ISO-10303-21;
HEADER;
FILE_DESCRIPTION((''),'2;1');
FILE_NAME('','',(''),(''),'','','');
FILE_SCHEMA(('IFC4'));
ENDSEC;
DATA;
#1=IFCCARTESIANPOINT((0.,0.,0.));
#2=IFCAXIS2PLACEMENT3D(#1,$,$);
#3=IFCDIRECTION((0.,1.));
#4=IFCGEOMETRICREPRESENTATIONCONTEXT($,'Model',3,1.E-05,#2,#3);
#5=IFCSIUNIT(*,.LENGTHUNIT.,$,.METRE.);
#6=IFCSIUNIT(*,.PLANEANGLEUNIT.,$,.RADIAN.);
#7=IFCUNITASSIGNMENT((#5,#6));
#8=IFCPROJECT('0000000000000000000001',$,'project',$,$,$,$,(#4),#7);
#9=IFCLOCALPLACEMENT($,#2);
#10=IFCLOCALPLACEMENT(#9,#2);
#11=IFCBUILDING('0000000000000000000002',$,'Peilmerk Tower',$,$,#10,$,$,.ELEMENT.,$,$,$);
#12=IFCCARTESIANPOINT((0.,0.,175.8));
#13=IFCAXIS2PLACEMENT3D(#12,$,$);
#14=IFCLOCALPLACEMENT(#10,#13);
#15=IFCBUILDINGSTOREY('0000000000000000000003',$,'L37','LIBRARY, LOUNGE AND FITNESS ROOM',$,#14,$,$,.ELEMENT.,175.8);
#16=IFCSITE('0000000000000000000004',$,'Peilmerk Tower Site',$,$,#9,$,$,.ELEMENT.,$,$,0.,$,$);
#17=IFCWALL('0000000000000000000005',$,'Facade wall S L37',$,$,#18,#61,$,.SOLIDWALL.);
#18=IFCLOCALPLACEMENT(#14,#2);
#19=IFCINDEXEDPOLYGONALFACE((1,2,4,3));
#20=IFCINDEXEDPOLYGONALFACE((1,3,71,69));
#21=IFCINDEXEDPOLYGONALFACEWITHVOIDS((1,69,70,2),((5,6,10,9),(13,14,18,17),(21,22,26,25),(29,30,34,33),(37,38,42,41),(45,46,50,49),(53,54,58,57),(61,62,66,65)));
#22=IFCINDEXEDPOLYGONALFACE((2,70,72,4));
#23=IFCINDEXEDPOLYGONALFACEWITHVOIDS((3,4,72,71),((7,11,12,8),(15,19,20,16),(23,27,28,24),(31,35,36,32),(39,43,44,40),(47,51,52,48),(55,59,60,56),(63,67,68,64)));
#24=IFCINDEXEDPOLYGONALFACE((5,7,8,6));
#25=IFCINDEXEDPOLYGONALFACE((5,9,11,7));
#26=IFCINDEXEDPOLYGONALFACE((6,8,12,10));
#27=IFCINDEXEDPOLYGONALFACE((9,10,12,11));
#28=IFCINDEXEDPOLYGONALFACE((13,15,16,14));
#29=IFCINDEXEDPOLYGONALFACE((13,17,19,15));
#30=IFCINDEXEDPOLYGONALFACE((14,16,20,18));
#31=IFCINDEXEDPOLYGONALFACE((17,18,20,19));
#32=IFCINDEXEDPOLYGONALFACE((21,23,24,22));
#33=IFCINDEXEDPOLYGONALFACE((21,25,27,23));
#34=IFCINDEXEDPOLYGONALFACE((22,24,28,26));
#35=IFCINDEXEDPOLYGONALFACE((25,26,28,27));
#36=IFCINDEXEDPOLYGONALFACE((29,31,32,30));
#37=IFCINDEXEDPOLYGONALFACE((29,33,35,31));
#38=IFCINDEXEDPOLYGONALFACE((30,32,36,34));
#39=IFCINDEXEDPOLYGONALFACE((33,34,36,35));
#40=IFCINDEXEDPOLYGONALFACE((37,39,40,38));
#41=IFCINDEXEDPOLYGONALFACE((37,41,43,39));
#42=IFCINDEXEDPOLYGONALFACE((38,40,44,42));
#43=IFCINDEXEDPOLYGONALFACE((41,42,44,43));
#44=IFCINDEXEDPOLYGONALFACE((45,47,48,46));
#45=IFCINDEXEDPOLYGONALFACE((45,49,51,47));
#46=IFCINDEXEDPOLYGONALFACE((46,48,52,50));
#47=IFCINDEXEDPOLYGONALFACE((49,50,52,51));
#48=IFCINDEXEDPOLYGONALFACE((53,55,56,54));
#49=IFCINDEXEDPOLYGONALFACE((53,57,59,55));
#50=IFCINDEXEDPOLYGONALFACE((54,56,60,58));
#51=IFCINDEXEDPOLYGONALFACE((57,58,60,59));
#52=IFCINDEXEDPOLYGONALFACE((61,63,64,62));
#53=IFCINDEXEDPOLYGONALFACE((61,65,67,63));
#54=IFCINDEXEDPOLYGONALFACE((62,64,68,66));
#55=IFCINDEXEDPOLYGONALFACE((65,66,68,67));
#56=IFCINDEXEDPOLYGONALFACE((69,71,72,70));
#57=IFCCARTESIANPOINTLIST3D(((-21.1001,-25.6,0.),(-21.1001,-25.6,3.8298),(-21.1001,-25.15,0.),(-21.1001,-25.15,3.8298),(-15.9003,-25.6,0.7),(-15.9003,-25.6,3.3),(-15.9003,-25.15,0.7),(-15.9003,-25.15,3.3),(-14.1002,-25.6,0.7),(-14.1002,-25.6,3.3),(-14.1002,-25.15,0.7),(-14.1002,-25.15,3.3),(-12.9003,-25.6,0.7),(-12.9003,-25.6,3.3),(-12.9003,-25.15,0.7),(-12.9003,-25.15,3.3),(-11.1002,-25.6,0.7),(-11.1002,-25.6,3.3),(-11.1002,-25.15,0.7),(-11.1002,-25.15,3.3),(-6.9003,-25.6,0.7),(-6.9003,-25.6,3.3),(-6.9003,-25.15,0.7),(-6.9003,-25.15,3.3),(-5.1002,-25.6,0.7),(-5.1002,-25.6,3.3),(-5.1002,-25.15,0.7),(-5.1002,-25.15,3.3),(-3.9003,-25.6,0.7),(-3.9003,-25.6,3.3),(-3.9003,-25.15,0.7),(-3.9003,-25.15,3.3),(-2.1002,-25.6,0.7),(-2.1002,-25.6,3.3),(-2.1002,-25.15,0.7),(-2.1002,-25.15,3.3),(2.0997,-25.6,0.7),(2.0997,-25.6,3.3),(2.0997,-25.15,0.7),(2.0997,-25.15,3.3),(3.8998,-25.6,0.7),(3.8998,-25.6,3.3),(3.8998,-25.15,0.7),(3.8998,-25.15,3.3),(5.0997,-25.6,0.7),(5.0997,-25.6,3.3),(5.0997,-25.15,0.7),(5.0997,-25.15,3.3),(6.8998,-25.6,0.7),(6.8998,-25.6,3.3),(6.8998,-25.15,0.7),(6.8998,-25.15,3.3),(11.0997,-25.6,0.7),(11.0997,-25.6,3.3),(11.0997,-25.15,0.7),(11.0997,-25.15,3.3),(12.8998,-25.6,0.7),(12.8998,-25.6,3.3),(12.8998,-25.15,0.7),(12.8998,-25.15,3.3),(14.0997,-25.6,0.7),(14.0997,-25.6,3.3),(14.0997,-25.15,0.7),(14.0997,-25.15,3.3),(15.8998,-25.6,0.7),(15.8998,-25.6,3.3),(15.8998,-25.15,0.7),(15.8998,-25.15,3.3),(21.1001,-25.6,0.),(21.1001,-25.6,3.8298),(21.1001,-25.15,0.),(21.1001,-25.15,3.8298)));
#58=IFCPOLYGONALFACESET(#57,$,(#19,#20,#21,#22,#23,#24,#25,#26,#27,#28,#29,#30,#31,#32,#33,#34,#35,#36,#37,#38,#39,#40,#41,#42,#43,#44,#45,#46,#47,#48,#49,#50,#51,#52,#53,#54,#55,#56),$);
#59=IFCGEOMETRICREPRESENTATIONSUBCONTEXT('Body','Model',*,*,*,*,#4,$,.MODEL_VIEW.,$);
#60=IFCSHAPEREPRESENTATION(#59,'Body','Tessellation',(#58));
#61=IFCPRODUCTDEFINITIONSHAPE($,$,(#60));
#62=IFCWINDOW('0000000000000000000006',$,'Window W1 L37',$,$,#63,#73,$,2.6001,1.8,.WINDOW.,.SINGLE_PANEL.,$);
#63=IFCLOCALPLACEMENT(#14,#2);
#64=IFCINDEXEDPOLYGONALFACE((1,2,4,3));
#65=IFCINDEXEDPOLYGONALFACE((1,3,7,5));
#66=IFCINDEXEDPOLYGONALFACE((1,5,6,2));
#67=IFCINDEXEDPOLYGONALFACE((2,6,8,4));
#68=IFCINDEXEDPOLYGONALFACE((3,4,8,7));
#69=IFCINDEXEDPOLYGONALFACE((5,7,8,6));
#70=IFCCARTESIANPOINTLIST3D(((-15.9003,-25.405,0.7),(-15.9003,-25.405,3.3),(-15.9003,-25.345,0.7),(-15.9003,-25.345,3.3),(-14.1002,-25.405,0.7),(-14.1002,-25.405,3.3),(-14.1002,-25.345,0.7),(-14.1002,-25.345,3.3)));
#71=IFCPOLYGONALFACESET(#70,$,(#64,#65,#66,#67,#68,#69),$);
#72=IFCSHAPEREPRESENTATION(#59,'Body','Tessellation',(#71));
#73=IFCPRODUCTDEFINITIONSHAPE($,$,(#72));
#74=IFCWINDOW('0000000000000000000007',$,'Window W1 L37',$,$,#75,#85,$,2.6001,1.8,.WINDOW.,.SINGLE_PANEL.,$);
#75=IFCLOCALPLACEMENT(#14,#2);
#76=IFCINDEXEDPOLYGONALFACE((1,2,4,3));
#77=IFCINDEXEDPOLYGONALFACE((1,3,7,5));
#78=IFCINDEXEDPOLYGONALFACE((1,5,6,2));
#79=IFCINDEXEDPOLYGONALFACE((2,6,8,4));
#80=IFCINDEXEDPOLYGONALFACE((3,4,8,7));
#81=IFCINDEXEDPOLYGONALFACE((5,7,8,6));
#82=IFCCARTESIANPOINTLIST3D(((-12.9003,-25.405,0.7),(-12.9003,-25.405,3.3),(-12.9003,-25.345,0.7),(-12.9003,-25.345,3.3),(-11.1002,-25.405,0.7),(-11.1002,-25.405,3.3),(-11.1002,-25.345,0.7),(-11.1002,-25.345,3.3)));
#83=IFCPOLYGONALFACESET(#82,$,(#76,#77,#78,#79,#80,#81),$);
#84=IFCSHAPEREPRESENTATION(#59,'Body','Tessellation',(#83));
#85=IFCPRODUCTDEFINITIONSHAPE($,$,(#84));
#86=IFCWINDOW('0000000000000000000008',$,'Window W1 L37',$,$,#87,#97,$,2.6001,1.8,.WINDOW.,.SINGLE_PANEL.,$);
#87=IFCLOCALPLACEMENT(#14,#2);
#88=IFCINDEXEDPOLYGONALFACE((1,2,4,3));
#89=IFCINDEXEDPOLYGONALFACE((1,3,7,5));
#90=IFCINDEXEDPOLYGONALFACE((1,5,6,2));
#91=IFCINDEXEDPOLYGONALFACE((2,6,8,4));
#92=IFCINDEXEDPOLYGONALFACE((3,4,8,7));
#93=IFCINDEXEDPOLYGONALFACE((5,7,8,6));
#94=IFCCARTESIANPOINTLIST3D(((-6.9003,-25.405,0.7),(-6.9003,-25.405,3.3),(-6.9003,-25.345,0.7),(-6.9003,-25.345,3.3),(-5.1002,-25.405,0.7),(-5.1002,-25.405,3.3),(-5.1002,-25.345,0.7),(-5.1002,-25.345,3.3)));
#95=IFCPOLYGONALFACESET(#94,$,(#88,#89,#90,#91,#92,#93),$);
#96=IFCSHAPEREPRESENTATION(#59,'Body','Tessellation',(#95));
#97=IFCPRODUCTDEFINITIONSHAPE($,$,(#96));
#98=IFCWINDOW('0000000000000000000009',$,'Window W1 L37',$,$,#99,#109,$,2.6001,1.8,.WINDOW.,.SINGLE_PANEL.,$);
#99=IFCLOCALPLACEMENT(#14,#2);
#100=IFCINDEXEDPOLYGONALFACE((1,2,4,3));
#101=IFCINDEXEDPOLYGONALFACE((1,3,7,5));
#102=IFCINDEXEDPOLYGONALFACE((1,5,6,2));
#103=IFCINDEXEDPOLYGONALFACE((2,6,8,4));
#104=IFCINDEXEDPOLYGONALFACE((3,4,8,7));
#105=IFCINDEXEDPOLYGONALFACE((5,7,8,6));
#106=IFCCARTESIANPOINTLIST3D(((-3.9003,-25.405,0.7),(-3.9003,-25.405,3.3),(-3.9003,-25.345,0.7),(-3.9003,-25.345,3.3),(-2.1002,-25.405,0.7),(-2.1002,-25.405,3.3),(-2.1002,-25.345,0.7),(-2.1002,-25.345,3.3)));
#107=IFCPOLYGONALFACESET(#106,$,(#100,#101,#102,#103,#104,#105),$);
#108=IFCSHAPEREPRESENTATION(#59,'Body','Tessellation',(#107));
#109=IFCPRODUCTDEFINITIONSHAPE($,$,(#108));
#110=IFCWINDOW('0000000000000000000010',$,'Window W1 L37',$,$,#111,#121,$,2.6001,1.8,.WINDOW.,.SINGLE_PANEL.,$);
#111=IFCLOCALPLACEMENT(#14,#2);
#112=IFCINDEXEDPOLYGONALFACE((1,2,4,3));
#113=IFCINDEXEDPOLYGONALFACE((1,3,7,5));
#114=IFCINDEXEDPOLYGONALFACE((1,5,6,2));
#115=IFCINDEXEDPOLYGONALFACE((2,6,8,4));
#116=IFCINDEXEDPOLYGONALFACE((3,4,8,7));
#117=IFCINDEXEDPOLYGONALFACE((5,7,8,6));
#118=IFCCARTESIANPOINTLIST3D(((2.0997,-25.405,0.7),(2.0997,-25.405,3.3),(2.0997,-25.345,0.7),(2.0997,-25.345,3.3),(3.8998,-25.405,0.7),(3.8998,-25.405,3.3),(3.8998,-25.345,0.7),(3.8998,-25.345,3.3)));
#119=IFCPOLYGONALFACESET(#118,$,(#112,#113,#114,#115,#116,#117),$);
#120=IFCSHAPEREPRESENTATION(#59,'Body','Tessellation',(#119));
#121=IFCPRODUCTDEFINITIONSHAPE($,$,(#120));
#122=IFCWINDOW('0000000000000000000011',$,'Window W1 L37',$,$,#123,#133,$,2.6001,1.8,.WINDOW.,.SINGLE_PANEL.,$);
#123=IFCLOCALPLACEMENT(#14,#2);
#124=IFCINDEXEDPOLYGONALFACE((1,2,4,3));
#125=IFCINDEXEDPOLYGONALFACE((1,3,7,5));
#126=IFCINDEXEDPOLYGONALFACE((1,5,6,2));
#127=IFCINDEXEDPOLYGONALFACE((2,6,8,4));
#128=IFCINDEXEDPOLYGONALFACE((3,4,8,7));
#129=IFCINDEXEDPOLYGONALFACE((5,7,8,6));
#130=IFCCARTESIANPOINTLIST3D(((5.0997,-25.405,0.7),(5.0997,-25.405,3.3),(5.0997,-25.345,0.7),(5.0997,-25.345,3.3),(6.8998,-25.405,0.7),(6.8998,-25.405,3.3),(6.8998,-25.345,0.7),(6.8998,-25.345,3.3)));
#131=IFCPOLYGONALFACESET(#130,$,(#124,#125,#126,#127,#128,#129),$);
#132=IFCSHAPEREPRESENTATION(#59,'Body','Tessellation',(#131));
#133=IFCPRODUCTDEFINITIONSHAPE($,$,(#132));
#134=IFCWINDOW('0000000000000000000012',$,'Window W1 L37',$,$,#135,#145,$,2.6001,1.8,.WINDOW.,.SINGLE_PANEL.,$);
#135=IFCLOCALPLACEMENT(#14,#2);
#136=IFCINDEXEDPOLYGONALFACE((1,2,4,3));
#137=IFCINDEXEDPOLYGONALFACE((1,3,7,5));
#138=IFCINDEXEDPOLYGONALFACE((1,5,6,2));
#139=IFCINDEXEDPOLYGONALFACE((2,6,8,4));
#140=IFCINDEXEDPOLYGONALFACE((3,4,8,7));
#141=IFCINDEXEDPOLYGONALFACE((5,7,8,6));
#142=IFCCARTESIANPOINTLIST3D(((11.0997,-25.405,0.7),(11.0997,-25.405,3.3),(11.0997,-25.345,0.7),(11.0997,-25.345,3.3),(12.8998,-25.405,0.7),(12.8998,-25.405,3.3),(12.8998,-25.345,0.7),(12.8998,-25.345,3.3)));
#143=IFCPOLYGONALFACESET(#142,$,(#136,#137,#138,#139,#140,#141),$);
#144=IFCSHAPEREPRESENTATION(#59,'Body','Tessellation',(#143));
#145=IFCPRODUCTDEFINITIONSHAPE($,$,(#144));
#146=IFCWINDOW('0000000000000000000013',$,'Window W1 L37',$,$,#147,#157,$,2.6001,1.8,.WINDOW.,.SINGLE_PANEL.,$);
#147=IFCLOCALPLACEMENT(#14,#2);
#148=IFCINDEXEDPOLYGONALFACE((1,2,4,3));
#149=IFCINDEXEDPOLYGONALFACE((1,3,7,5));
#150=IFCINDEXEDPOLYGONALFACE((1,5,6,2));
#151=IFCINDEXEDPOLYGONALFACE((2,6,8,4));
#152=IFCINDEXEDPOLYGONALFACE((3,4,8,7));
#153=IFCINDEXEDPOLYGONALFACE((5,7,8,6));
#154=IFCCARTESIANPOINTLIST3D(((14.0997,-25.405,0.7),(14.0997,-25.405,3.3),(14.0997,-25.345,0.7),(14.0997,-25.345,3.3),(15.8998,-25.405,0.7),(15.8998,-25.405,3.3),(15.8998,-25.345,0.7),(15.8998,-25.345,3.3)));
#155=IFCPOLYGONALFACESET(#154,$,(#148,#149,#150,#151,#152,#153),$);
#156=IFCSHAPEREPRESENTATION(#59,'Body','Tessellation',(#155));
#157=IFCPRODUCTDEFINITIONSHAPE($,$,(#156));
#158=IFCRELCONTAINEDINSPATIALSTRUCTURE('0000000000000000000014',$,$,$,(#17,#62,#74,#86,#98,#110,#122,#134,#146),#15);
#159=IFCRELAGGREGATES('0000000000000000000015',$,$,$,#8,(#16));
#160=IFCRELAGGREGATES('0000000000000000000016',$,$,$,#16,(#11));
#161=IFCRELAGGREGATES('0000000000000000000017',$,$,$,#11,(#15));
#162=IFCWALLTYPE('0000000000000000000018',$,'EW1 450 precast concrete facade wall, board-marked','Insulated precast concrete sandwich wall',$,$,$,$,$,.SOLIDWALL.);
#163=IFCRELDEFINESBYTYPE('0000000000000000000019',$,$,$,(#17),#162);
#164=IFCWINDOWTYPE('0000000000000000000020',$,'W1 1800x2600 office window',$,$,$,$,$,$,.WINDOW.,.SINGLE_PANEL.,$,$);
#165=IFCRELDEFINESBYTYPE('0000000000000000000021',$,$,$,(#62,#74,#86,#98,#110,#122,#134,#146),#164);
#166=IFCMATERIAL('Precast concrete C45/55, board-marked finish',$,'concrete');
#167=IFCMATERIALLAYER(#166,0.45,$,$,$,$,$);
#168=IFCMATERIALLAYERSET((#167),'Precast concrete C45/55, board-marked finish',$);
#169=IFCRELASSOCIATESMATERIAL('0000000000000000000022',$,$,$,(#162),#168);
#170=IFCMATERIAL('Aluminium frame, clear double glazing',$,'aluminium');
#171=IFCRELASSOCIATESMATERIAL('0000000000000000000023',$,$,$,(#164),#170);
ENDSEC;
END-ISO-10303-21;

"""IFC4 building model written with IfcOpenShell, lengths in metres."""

from ifc_helpers import new_model, si_unit, direction, frame, frame_2d, origin, place, context, subcontext, project, spatial, rectangle, extrude, material, layer, layer_set, type_object, element, fill, save


model = new_model("IFC4")

# Units and contexts
model_context = context("Model", 3, precision=1e-05, world=origin(), true_north=direction((0.0, 1.0)))
body_context = subcontext(model_context, "Body", "Model", "MODEL_VIEW")
ifc_project = project(units=[si_unit("LENGTHUNIT", "METRE"), si_unit("PLANEANGLEUNIT", "RADIAN")], contexts=[model_context])

# Site, building, storey
site_placement = place(None, origin())
site = spatial("IfcSite", under=ifc_project, at=site_placement, Name="Peilmerk Tower Site", CompositionType="ELEMENT", RefElevation=0.0)
building_placement = place(site_placement, origin())
building = spatial("IfcBuilding", under=site, at=building_placement, Name="Peilmerk Tower", CompositionType="ELEMENT")
storey_placement = place(building_placement, frame((0.0, 0.0, 175.8)))
storey = spatial("IfcBuildingStorey", under=building, at=storey_placement, Name="L37", Description="LIBRARY, LOUNGE AND FITNESS ROOM", CompositionType="ELEMENT", Elevation=175.8)

# Wall, openings, windows
ifc_material_1 = material(Name="Precast concrete C45/55, board-marked finish", Category="concrete")
ifc_layer_1 = layer(ifc_material_1, 0.45)
ifc_layer_set_1 = layer_set([ifc_layer_1], Name="Precast concrete C45/55, board-marked finish")
wall_type = type_object("IfcWallType", Name="EW1 450 precast concrete facade wall, board-marked", Description="Insulated precast concrete sandwich wall", PredefinedType="SOLIDWALL", material=ifc_layer_set_1)
wall_placement = place(storey_placement, frame((-21.1001, -25.375, 0.0), z_axis=(0.0, 0.0, 1.0), x_axis=(1.0, 0.0, 0.0)))
wall = element("IfcWall", 1, at=wall_placement, inside=storey, type_object=wall_type, Name="Facade wall S L37", PredefinedType="SOLIDWALL", context=body_context, shape_type="SweptSolid", body=[
    extrude(rectangle(XDim=42.2002, YDim=0.45, at=frame_2d((21.1001, 0.0))), origin(), (0.0, 0.0, 1.0), 3.8298),
])
opening_1_placement = place(wall_placement, frame((5.2, 0.0, 0.7)))
opening_1 = element("IfcOpeningElement", 2, at=opening_1_placement, cuts=wall, PredefinedType="OPENING", context=body_context, shape_type="SweptSolid", body=[
    extrude(rectangle(XDim=1.8, YDim=2.6001, at=frame_2d((0.8999, 1.3))), frame((0.0, 0.2349, 0.0), z_axis=(0.0, -1.0, 0.0), x_axis=(1.0, 0.0, 0.0)), (0.0, 0.0, 1.0), 0.47),
])
opening_2_placement = place(wall_placement, frame((8.2, 0.0, 0.7)))
opening_2 = element("IfcOpeningElement", 3, at=opening_2_placement, cuts=wall, PredefinedType="OPENING", context=body_context, shape_type="SweptSolid", body=[
    extrude(rectangle(XDim=1.8, YDim=2.6001, at=frame_2d((0.8999, 1.3))), frame((0.0, 0.2349, 0.0), z_axis=(0.0, -1.0, 0.0), x_axis=(1.0, 0.0, 0.0)), (0.0, 0.0, 1.0), 0.47),
])
opening_3_placement = place(wall_placement, frame((14.2, 0.0, 0.7)))
opening_3 = element("IfcOpeningElement", 4, at=opening_3_placement, cuts=wall, PredefinedType="OPENING", context=body_context, shape_type="SweptSolid", body=[
    extrude(rectangle(XDim=1.8, YDim=2.6001, at=frame_2d((0.8999, 1.3))), frame((0.0, 0.2349, 0.0), z_axis=(0.0, -1.0, 0.0), x_axis=(1.0, 0.0, 0.0)), (0.0, 0.0, 1.0), 0.47),
])
opening_4_placement = place(wall_placement, frame((17.2, 0.0, 0.7)))
opening_4 = element("IfcOpeningElement", 5, at=opening_4_placement, cuts=wall, PredefinedType="OPENING", context=body_context, shape_type="SweptSolid", body=[
    extrude(rectangle(XDim=1.8, YDim=2.6001, at=frame_2d((0.8999, 1.3))), frame((0.0, 0.2349, 0.0), z_axis=(0.0, -1.0, 0.0), x_axis=(1.0, 0.0, 0.0)), (0.0, 0.0, 1.0), 0.47),
])
opening_5_placement = place(wall_placement, frame((23.2, 0.0, 0.7)))
opening_5 = element("IfcOpeningElement", 6, at=opening_5_placement, cuts=wall, PredefinedType="OPENING", context=body_context, shape_type="SweptSolid", body=[
    extrude(rectangle(XDim=1.8, YDim=2.6001, at=frame_2d((0.8999, 1.3))), frame((0.0, 0.2349, 0.0), z_axis=(0.0, -1.0, 0.0), x_axis=(1.0, 0.0, 0.0)), (0.0, 0.0, 1.0), 0.47),
])
opening_6_placement = place(wall_placement, frame((26.2, 0.0, 0.7)))
opening_6 = element("IfcOpeningElement", 7, at=opening_6_placement, cuts=wall, PredefinedType="OPENING", context=body_context, shape_type="SweptSolid", body=[
    extrude(rectangle(XDim=1.8, YDim=2.6001, at=frame_2d((0.8999, 1.3))), frame((0.0, 0.2349, 0.0), z_axis=(0.0, -1.0, 0.0), x_axis=(1.0, 0.0, 0.0)), (0.0, 0.0, 1.0), 0.47),
])
opening_7_placement = place(wall_placement, frame((32.2, 0.0, 0.7)))
opening_7 = element("IfcOpeningElement", 8, at=opening_7_placement, cuts=wall, PredefinedType="OPENING", context=body_context, shape_type="SweptSolid", body=[
    extrude(rectangle(XDim=1.8, YDim=2.6001, at=frame_2d((0.8999, 1.3))), frame((0.0, 0.2349, 0.0), z_axis=(0.0, -1.0, 0.0), x_axis=(1.0, 0.0, 0.0)), (0.0, 0.0, 1.0), 0.47),
])
opening_8_placement = place(wall_placement, frame((35.2, 0.0, 0.7)))
opening_8 = element("IfcOpeningElement", 9, at=opening_8_placement, cuts=wall, PredefinedType="OPENING", context=body_context, shape_type="SweptSolid", body=[
    extrude(rectangle(XDim=1.8, YDim=2.6001, at=frame_2d((0.8999, 1.3))), frame((0.0, 0.2349, 0.0), z_axis=(0.0, -1.0, 0.0), x_axis=(1.0, 0.0, 0.0)), (0.0, 0.0, 1.0), 0.47),
])
ifc_material_2 = material(Name="Aluminium frame, clear double glazing", Category="aluminium")
window_type = type_object("IfcWindowType", Name="W1 1800x2600 office window", PartitioningType="SINGLE_PANEL", PredefinedType="WINDOW", material=ifc_material_2)
window_1_placement = place(opening_1_placement, origin())
window_1 = element("IfcWindow", 10, at=window_1_placement, inside=storey, type_object=window_type, Name="Window W1 L37", OverallHeight=2.6001, OverallWidth=1.8, PartitioningType="SINGLE_PANEL", PredefinedType="WINDOW", context=body_context, shape_type="SweptSolid", body=[
    extrude(rectangle(XDim=1.8, YDim=2.6001, at=frame_2d((0.8999, 1.3))), frame((0.0, 0.03, 0.0), z_axis=(0.0, -1.0, 0.0), x_axis=(1.0, 0.0, 0.0)), (0.0, 0.0, 1.0), 0.0601),
])
fill(opening_1, window_1)
window_2_placement = place(opening_2_placement, origin())
window_2 = element("IfcWindow", 11, at=window_2_placement, inside=storey, type_object=window_type, Name="Window W1 L37", OverallHeight=2.6001, OverallWidth=1.8, PartitioningType="SINGLE_PANEL", PredefinedType="WINDOW", context=body_context, shape_type="SweptSolid", body=[
    extrude(rectangle(XDim=1.8, YDim=2.6001, at=frame_2d((0.8999, 1.3))), frame((0.0, 0.03, 0.0), z_axis=(0.0, -1.0, 0.0), x_axis=(1.0, 0.0, 0.0)), (0.0, 0.0, 1.0), 0.0601),
])
fill(opening_2, window_2)
window_3_placement = place(opening_3_placement, origin())
window_3 = element("IfcWindow", 12, at=window_3_placement, inside=storey, type_object=window_type, Name="Window W1 L37", OverallHeight=2.6001, OverallWidth=1.8, PartitioningType="SINGLE_PANEL", PredefinedType="WINDOW", context=body_context, shape_type="SweptSolid", body=[
    extrude(rectangle(XDim=1.8, YDim=2.6001, at=frame_2d((0.8999, 1.3))), frame((0.0, 0.03, 0.0), z_axis=(0.0, -1.0, 0.0), x_axis=(1.0, 0.0, 0.0)), (0.0, 0.0, 1.0), 0.0601),
])
fill(opening_3, window_3)
window_4_placement = place(opening_4_placement, origin())
window_4 = element("IfcWindow", 13, at=window_4_placement, inside=storey, type_object=window_type, Name="Window W1 L37", OverallHeight=2.6001, OverallWidth=1.8, PartitioningType="SINGLE_PANEL", PredefinedType="WINDOW", context=body_context, shape_type="SweptSolid", body=[
    extrude(rectangle(XDim=1.8, YDim=2.6001, at=frame_2d((0.8999, 1.3))), frame((0.0, 0.03, 0.0), z_axis=(0.0, -1.0, 0.0), x_axis=(1.0, 0.0, 0.0)), (0.0, 0.0, 1.0), 0.0601),
])
fill(opening_4, window_4)
window_5_placement = place(opening_5_placement, origin())
window_5 = element("IfcWindow", 14, at=window_5_placement, inside=storey, type_object=window_type, Name="Window W1 L37", OverallHeight=2.6001, OverallWidth=1.8, PartitioningType="SINGLE_PANEL", PredefinedType="WINDOW", context=body_context, shape_type="SweptSolid", body=[
    extrude(rectangle(XDim=1.8, YDim=2.6001, at=frame_2d((0.8999, 1.3))), frame((0.0, 0.03, 0.0), z_axis=(0.0, -1.0, 0.0), x_axis=(1.0, 0.0, 0.0)), (0.0, 0.0, 1.0), 0.0601),
])
fill(opening_5, window_5)
window_6_placement = place(opening_6_placement, origin())
window_6 = element("IfcWindow", 15, at=window_6_placement, inside=storey, type_object=window_type, Name="Window W1 L37", OverallHeight=2.6001, OverallWidth=1.8, PartitioningType="SINGLE_PANEL", PredefinedType="WINDOW", context=body_context, shape_type="SweptSolid", body=[
    extrude(rectangle(XDim=1.8, YDim=2.6001, at=frame_2d((0.8999, 1.3))), frame((0.0, 0.03, 0.0), z_axis=(0.0, -1.0, 0.0), x_axis=(1.0, 0.0, 0.0)), (0.0, 0.0, 1.0), 0.0601),
])
fill(opening_6, window_6)
window_7_placement = place(opening_7_placement, origin())
window_7 = element("IfcWindow", 16, at=window_7_placement, inside=storey, type_object=window_type, Name="Window W1 L37", OverallHeight=2.6001, OverallWidth=1.8, PartitioningType="SINGLE_PANEL", PredefinedType="WINDOW", context=body_context, shape_type="SweptSolid", body=[
    extrude(rectangle(XDim=1.8, YDim=2.6001, at=frame_2d((0.8999, 1.3))), frame((0.0, 0.03, 0.0), z_axis=(0.0, -1.0, 0.0), x_axis=(1.0, 0.0, 0.0)), (0.0, 0.0, 1.0), 0.0601),
])
fill(opening_7, window_7)
window_8_placement = place(opening_8_placement, origin())
window_8 = element("IfcWindow", 17, at=window_8_placement, inside=storey, type_object=window_type, Name="Window W1 L37", OverallHeight=2.6001, OverallWidth=1.8, PartitioningType="SINGLE_PANEL", PredefinedType="WINDOW", context=body_context, shape_type="SweptSolid", body=[
    extrude(rectangle(XDim=1.8, YDim=2.6001, at=frame_2d((0.8999, 1.3))), frame((0.0, 0.03, 0.0), z_axis=(0.0, -1.0, 0.0), x_axis=(1.0, 0.0, 0.0)), (0.0, 0.0, 1.0), 0.0601),
])
fill(opening_8, window_8)

save(model, "model.ifc")
